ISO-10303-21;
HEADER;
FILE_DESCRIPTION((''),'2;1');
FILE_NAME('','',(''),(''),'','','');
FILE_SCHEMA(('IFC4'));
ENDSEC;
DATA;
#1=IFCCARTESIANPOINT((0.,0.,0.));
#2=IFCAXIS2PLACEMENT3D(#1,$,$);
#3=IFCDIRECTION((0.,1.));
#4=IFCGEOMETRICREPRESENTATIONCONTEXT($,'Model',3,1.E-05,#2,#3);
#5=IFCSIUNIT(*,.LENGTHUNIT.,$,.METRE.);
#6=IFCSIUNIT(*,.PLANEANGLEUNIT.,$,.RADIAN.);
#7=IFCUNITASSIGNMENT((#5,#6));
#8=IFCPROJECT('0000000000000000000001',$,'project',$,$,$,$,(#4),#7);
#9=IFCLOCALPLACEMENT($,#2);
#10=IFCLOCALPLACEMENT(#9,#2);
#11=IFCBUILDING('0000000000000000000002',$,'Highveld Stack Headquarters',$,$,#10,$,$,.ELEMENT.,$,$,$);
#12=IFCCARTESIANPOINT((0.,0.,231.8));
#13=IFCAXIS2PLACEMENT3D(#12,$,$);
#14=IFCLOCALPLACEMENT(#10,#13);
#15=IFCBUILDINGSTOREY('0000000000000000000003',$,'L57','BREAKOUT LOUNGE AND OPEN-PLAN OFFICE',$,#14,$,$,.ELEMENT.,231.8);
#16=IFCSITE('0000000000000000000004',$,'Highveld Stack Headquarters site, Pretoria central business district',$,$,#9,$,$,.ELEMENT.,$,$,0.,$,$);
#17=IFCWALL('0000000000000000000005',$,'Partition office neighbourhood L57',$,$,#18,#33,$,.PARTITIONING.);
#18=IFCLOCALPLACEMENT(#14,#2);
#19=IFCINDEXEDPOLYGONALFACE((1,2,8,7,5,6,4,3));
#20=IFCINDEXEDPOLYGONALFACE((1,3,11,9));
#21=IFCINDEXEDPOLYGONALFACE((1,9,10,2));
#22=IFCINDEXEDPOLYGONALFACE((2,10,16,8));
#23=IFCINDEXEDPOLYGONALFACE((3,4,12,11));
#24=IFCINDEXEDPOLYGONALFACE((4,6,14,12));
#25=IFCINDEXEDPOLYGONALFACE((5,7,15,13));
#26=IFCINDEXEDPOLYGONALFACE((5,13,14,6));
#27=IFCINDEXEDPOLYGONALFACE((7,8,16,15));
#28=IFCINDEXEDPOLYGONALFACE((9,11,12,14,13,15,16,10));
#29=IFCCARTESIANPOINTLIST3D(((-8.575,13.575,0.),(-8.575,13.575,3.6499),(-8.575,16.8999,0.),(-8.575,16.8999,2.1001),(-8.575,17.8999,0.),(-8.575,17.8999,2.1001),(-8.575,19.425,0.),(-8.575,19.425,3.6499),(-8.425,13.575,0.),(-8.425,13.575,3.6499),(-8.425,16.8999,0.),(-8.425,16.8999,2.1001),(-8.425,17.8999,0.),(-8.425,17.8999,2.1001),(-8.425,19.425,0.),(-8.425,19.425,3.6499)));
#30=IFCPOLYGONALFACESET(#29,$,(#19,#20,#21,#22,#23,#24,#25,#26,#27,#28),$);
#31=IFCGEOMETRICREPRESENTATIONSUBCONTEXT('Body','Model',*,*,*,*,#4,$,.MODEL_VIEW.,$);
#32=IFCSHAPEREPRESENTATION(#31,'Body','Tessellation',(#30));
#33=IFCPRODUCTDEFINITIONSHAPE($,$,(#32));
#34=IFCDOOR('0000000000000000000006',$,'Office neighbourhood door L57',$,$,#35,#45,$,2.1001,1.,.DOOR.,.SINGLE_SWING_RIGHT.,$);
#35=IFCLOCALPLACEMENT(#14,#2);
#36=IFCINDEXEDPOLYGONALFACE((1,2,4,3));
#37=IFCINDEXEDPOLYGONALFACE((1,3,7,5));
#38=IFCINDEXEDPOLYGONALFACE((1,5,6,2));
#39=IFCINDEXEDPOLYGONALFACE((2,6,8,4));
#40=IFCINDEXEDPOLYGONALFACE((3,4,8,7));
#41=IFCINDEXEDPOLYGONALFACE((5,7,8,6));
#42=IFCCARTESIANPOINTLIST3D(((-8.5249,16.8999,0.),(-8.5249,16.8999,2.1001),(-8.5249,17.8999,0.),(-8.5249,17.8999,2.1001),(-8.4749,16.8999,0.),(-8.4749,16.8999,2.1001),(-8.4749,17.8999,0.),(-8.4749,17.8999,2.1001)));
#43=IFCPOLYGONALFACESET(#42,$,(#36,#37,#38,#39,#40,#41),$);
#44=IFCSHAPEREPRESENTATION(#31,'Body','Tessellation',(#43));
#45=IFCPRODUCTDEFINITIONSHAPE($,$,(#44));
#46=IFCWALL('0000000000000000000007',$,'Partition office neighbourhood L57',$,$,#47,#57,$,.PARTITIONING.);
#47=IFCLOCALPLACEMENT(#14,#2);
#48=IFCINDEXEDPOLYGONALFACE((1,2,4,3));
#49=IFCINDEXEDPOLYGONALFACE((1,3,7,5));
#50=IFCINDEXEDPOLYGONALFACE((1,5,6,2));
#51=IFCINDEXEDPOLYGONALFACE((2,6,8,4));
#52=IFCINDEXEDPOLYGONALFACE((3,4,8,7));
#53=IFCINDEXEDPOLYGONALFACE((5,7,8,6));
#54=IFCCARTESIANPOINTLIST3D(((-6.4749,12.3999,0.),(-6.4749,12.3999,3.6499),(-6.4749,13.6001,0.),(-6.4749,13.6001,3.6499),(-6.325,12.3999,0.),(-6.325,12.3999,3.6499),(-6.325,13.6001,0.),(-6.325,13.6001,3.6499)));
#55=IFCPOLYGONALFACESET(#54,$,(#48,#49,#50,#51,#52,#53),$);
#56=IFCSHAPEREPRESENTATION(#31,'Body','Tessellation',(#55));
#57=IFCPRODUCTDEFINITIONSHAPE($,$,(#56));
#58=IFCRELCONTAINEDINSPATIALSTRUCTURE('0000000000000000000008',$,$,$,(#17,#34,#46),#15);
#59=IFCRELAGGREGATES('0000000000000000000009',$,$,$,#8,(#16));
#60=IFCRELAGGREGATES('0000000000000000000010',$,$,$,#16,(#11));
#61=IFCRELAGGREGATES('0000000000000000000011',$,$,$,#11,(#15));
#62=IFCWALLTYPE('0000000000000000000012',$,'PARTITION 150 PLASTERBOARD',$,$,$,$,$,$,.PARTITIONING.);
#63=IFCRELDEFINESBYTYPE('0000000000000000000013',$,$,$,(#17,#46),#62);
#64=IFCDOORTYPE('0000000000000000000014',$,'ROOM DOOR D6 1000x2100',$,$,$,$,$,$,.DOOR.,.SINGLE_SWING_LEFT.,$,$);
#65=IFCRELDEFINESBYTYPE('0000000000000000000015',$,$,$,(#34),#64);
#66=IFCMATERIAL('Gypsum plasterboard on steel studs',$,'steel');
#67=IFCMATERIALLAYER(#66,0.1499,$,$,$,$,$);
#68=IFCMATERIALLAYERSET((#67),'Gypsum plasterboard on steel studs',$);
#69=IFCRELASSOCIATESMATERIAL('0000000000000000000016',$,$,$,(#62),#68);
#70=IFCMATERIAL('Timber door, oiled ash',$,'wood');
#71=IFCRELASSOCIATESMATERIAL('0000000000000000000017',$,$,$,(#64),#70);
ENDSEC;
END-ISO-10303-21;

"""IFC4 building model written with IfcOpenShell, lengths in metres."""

from ifc_helpers import new_model, si_unit, direction, frame, frame_2d, origin, place, context, subcontext, project, spatial, rectangle, extrude, material, layer, layer_set, type_object, element, fill, save


model = new_model("IFC4")

# Units and contexts
model_context = context("Model", 3, precision=1e-05, world=origin(), true_north=direction((0.0, 1.0)))
body_context = subcontext(model_context, "Body", "Model", "MODEL_VIEW")
ifc_project = project(units=[si_unit("LENGTHUNIT", "METRE"), si_unit("PLANEANGLEUNIT", "RADIAN")], contexts=[model_context])

# Site, building, storey
site_placement = place(None, origin())
site = spatial("IfcSite", under=ifc_project, at=site_placement, Name="Highveld Stack Headquarters site, Pretoria central business district", CompositionType="ELEMENT", RefElevation=0.0)
building_placement = place(site_placement, origin())
building = spatial("IfcBuilding", under=site, at=building_placement, Name="Highveld Stack Headquarters", CompositionType="ELEMENT")
storey_placement = place(building_placement, frame((0.0, 0.0, 231.8)))
storey = spatial("IfcBuildingStorey", under=building, at=storey_placement, Name="L57", Description="BREAKOUT LOUNGE AND OPEN-PLAN OFFICE", CompositionType="ELEMENT", Elevation=231.8)

# Shared definitions
ifc_material_1 = material(Name="Gypsum plasterboard on steel studs", Category="steel")
ifc_layer_1 = layer(ifc_material_1, 0.1499)
ifc_layer_set_1 = layer_set([ifc_layer_1], Name="Gypsum plasterboard on steel studs")
wall_type_1 = type_object("IfcWallType", Name="PARTITION 150 PLASTERBOARD", PredefinedType="PARTITIONING", material=ifc_layer_set_1)
ifc_material_2 = material(Name="Timber door, oiled ash", Category="wood")
door_type = type_object("IfcDoorType", Name="ROOM DOOR D6 1000x2100", OperationType="SINGLE_SWING_LEFT", PredefinedType="DOOR", material=ifc_material_2)

# Wall, opening, door
wall_1_placement = place(storey_placement, frame((-8.5, 13.575, 0.0), z_axis=(0.0, 0.0, 1.0), x_axis=(0.0, 1.0, 0.0)))
wall_1 = element("IfcWall", 1, at=wall_1_placement, inside=storey, type_object=wall_type_1, Name="Partition office neighbourhood L57", PredefinedType="PARTITIONING", context=body_context, shape_type="SweptSolid", body=[
    extrude(rectangle(XDim=5.8501, YDim=0.1499, at=frame_2d((2.925, 0.0))), origin(), (0.0, 0.0, 1.0), 3.6499),
])
opening_1_placement = place(wall_1_placement, frame((3.325, 0.0, 0.0)))
opening_1 = element("IfcOpeningElement", 2, at=opening_1_placement, cuts=wall_1, PredefinedType="OPENING", context=body_context, shape_type="SweptSolid", body=[
    extrude(rectangle(XDim=1.0, YDim=2.1001, at=frame_2d((0.5, 1.05))), frame((0.0, 0.085, 0.0), z_axis=(0.0, -1.0, 0.0), x_axis=(1.0, 0.0, 0.0)), (0.0, 0.0, 1.0), 0.1699),
])
door_1_placement = place(opening_1_placement, origin())
door_1 = element("IfcDoor", 3, at=door_1_placement, inside=storey, type_object=door_type, Name="Office neighbourhood door L57", OperationType="SINGLE_SWING_RIGHT", OverallHeight=2.1001, OverallWidth=1.0, PredefinedType="DOOR", context=body_context, shape_type="SweptSolid", body=[
    extrude(rectangle(XDim=1.0, YDim=2.1001, at=frame_2d((0.5, 1.05))), frame((0.0, 0.0249, 0.0), z_axis=(0.0, -1.0, 0.0), x_axis=(1.0, 0.0, 0.0)), (0.0, 0.0, 1.0), 0.05),
])
fill(opening_1, door_1)

# Wall
wall_2_placement = place(storey_placement, frame((-6.3999, 12.3999, 0.0), z_axis=(0.0, 0.0, 1.0), x_axis=(0.0, 1.0, 0.0)))
element("IfcWall", 4, at=wall_2_placement, inside=storey, type_object=wall_type_1, Name="Partition office neighbourhood L57", PredefinedType="PARTITIONING", context=body_context, shape_type="SweptSolid", body=[
    extrude(rectangle(XDim=1.2002, YDim=0.1499, at=frame_2d((0.6001, 0.0))), origin(), (0.0, 0.0, 1.0), 3.6499),
])

save(model, "model.ifc")
